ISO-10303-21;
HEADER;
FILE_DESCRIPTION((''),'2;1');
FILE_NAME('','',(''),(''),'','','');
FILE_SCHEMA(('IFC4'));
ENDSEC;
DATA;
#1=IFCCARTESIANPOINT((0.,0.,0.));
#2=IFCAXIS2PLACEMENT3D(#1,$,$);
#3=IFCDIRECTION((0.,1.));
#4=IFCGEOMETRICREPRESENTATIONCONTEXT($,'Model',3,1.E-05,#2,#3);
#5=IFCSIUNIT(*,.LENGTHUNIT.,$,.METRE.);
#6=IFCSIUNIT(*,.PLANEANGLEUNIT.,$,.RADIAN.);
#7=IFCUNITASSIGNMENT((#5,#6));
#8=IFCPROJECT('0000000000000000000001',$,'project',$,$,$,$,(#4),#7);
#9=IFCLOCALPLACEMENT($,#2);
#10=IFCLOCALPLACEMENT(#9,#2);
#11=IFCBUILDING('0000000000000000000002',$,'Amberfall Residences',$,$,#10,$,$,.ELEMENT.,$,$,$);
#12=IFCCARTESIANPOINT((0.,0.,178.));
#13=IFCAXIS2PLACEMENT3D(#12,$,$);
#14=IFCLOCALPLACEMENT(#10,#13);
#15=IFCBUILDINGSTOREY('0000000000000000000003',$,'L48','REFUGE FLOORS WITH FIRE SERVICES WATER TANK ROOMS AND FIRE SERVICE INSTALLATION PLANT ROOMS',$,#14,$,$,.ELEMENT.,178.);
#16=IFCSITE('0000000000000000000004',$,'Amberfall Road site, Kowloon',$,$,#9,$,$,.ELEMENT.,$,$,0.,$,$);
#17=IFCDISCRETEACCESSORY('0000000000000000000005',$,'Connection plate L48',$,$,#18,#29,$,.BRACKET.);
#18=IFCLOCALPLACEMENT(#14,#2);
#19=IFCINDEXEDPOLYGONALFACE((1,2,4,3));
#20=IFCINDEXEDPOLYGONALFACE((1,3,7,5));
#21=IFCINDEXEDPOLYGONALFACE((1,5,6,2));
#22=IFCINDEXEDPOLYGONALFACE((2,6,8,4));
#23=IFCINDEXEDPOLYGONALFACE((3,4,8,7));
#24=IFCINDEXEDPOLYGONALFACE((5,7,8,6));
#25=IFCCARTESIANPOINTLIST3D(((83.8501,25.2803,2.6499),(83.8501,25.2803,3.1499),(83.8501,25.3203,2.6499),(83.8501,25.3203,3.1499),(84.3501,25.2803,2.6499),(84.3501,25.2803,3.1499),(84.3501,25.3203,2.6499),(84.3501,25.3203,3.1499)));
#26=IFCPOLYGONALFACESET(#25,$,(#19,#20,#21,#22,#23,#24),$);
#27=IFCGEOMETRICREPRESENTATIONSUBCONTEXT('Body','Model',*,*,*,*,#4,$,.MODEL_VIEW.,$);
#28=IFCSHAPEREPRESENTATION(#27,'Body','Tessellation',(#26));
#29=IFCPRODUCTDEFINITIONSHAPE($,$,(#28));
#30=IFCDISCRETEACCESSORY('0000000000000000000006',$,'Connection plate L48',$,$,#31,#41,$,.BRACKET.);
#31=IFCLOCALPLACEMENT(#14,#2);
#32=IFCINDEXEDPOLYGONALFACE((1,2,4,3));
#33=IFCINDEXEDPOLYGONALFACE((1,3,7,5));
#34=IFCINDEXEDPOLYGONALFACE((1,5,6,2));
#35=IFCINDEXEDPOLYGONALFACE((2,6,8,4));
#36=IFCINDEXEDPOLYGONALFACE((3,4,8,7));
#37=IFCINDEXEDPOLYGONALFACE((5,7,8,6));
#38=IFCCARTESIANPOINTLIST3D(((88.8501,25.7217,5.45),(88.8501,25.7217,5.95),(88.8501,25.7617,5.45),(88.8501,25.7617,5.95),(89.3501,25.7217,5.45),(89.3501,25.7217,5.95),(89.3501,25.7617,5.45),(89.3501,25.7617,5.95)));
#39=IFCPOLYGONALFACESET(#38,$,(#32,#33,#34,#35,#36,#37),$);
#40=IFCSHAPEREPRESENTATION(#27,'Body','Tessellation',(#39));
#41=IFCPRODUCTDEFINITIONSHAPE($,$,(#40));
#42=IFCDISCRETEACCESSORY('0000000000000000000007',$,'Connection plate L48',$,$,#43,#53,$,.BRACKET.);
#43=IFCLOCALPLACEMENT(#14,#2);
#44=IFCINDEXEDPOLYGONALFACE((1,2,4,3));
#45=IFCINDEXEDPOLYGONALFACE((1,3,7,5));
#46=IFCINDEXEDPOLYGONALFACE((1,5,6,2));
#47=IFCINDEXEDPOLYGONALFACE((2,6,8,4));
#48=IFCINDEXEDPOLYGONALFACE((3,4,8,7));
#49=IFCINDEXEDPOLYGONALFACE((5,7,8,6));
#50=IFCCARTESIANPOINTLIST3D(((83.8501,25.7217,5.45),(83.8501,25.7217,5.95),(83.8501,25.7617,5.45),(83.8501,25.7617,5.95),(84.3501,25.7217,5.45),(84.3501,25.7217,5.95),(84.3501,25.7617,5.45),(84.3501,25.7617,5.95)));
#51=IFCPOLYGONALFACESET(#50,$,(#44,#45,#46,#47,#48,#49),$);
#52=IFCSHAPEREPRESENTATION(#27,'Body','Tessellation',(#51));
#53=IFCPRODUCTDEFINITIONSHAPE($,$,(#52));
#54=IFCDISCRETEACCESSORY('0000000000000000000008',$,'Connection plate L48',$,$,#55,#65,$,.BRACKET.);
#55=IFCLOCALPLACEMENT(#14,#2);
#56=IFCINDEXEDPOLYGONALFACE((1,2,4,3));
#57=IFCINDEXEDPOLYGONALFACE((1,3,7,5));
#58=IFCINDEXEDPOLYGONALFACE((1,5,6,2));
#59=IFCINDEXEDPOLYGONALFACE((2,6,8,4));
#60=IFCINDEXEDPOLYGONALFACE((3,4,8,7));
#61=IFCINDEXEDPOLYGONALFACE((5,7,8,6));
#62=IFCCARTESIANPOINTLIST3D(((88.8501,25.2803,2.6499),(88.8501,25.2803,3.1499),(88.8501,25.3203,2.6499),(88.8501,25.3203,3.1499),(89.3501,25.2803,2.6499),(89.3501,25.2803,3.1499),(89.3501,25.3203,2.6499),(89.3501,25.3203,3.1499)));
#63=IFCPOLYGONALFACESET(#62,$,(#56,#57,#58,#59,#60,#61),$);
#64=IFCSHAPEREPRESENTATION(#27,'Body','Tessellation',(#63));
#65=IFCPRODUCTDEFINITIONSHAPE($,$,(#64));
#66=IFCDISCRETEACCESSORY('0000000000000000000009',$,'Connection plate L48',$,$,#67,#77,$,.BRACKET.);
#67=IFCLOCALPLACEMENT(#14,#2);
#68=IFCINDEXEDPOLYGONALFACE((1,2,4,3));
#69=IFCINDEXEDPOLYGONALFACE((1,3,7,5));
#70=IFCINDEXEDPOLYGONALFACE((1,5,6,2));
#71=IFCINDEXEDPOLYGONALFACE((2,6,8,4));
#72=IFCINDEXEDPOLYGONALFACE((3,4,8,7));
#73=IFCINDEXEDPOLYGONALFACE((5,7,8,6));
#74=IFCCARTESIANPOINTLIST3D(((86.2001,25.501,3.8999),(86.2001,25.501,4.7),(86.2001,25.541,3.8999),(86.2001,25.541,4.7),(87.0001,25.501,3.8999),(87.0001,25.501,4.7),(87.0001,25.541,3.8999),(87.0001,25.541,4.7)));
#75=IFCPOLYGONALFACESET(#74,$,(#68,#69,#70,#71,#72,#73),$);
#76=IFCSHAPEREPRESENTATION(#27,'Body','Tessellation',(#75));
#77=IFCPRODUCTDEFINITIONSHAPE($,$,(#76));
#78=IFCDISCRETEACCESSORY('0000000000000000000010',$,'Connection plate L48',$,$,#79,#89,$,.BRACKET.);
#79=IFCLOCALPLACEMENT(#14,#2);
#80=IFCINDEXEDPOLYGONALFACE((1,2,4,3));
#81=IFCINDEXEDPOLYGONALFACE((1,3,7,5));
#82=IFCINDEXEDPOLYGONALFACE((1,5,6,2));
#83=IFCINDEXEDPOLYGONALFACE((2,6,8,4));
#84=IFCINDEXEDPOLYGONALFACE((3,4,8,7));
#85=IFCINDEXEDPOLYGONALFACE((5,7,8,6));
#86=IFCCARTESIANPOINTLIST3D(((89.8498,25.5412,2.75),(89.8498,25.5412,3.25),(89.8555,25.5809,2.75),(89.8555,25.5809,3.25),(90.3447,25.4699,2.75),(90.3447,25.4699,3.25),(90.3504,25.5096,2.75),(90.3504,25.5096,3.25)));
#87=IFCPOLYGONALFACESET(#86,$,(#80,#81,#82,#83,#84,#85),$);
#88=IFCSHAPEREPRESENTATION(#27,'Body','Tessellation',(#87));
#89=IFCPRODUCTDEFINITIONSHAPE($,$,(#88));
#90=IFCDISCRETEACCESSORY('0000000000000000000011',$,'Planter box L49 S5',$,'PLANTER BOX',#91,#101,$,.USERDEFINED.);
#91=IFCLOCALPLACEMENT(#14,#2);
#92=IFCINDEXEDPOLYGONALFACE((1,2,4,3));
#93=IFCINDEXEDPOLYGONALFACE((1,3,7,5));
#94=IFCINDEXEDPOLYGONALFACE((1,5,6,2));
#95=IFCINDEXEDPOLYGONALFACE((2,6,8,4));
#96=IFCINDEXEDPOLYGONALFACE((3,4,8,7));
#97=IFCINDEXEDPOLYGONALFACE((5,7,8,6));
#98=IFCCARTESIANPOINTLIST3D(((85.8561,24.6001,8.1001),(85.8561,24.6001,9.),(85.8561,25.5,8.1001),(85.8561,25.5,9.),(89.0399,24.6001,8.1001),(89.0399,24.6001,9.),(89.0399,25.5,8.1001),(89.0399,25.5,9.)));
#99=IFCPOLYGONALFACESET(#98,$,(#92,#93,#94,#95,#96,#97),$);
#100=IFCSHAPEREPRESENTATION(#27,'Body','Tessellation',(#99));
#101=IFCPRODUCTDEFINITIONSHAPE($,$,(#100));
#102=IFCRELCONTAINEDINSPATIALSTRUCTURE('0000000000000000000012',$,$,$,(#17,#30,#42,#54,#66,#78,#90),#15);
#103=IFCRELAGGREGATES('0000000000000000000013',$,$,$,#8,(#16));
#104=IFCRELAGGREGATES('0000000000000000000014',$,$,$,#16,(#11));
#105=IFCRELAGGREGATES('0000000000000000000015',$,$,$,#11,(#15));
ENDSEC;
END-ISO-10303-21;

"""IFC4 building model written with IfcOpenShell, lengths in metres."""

from ifc_helpers import new_model, si_unit, direction, frame, origin, origin_2d, place, context, subcontext, project, spatial, rectangle, extrude, element, save


model = new_model("IFC4")

# Units and contexts
model_context = context("Model", 3, precision=1e-05, world=origin(), true_north=direction((0.0, 1.0)))
body_context = subcontext(model_context, "Body", "Model", "MODEL_VIEW")
ifc_project = project(units=[si_unit("LENGTHUNIT", "METRE"), si_unit("PLANEANGLEUNIT", "RADIAN")], contexts=[model_context])

# Site, building, storey
site_placement = place(None, origin())
site = spatial("IfcSite", under=ifc_project, at=site_placement, Name="Amberfall Road site, Kowloon", CompositionType="ELEMENT", RefElevation=0.0)
building_placement = place(site_placement, origin())
building = spatial("IfcBuilding", under=site, at=building_placement, Name="Amberfall Residences", CompositionType="ELEMENT")
storey_placement = place(building_placement, frame((0.0, 0.0, 178.0)))
storey = spatial("IfcBuildingStorey", under=building, at=storey_placement, Name="L48", Description="REFUGE FLOORS WITH FIRE SERVICES WATER TANK ROOMS AND FIRE SERVICE INSTALLATION PLANT ROOMS", CompositionType="ELEMENT", Elevation=178.0)

# Discrete accessories
for number, where, z_axis, x_axis, name in (
    (1, (84.1001, 25.3003, 2.6499), (0.0, 0.0, 1.0), (1.0, 0.0, 0.0), "Connection plate L48"),
    (2, (89.1001, 25.7417, 5.45), (0.0, 0.0, 1.0), (1.0, 0.0, 0.0), "Connection plate L48"),
    (3, (84.1001, 25.7417, 5.45), (0.0, 0.0, 1.0), (1.0, 0.0, 0.0), "Connection plate L48"),
    (4, (89.1001, 25.3003, 2.6499), (0.0, 0.0, 1.0), (1.0, 0.0, 0.0), "Connection plate L48"),
):
    element("IfcDiscreteAccessory", number, at=place(storey_placement, frame(where, z_axis=z_axis, x_axis=x_axis)), inside=storey, Name=name, PredefinedType="BRACKET", context=body_context, shape_type="SweptSolid", body=[
        extrude(rectangle(XDim=0.5, YDim=0.04, at=origin_2d()), origin(), (0.0, 0.0, 1.0), 0.5),
    ])
discrete_accessory_1_placement = place(storey_placement, frame((86.6001, 25.521, 3.8999), z_axis=(0.0, 0.0, 1.0), x_axis=(1.0, 0.0, 0.0)))
element("IfcDiscreteAccessory", 5, at=discrete_accessory_1_placement, inside=storey, Name="Connection plate L48", PredefinedType="BRACKET", context=body_context, shape_type="SweptSolid", body=[
    extrude(rectangle(XDim=0.8, YDim=0.04, at=origin_2d()), origin(), (0.0, 0.0, 1.0), 0.8),
])
discrete_accessory_2_placement = place(storey_placement, frame((90.1001, 25.5254, 2.75), z_axis=(0.0, 0.0, 1.0), x_axis=(-0.989779, 0.142612, 0.0)))
element("IfcDiscreteAccessory", 6, at=discrete_accessory_2_placement, inside=storey, Name="Connection plate L48", PredefinedType="BRACKET", context=body_context, shape_type="SweptSolid", body=[
    extrude(rectangle(XDim=0.5, YDim=0.04, at=origin_2d()), origin(), (0.0, 0.0, 1.0), 0.5),
])
discrete_accessory_3_placement = place(storey_placement, frame((87.448, 25.05, 8.1001), z_axis=(0.0, 0.0, 1.0), x_axis=(1.0, 0.0, 0.0)))
element("IfcDiscreteAccessory", 7, at=discrete_accessory_3_placement, inside=storey, Name="Planter box L49 S5", ObjectType="PLANTER BOX", PredefinedType="USERDEFINED", context=body_context, shape_type="SweptSolid", body=[
    extrude(rectangle(XDim=3.1838, YDim=0.8999, at=origin_2d()), origin(), (0.0, 0.0, 1.0), 0.8999),
])

save(model, "model.ifc")
